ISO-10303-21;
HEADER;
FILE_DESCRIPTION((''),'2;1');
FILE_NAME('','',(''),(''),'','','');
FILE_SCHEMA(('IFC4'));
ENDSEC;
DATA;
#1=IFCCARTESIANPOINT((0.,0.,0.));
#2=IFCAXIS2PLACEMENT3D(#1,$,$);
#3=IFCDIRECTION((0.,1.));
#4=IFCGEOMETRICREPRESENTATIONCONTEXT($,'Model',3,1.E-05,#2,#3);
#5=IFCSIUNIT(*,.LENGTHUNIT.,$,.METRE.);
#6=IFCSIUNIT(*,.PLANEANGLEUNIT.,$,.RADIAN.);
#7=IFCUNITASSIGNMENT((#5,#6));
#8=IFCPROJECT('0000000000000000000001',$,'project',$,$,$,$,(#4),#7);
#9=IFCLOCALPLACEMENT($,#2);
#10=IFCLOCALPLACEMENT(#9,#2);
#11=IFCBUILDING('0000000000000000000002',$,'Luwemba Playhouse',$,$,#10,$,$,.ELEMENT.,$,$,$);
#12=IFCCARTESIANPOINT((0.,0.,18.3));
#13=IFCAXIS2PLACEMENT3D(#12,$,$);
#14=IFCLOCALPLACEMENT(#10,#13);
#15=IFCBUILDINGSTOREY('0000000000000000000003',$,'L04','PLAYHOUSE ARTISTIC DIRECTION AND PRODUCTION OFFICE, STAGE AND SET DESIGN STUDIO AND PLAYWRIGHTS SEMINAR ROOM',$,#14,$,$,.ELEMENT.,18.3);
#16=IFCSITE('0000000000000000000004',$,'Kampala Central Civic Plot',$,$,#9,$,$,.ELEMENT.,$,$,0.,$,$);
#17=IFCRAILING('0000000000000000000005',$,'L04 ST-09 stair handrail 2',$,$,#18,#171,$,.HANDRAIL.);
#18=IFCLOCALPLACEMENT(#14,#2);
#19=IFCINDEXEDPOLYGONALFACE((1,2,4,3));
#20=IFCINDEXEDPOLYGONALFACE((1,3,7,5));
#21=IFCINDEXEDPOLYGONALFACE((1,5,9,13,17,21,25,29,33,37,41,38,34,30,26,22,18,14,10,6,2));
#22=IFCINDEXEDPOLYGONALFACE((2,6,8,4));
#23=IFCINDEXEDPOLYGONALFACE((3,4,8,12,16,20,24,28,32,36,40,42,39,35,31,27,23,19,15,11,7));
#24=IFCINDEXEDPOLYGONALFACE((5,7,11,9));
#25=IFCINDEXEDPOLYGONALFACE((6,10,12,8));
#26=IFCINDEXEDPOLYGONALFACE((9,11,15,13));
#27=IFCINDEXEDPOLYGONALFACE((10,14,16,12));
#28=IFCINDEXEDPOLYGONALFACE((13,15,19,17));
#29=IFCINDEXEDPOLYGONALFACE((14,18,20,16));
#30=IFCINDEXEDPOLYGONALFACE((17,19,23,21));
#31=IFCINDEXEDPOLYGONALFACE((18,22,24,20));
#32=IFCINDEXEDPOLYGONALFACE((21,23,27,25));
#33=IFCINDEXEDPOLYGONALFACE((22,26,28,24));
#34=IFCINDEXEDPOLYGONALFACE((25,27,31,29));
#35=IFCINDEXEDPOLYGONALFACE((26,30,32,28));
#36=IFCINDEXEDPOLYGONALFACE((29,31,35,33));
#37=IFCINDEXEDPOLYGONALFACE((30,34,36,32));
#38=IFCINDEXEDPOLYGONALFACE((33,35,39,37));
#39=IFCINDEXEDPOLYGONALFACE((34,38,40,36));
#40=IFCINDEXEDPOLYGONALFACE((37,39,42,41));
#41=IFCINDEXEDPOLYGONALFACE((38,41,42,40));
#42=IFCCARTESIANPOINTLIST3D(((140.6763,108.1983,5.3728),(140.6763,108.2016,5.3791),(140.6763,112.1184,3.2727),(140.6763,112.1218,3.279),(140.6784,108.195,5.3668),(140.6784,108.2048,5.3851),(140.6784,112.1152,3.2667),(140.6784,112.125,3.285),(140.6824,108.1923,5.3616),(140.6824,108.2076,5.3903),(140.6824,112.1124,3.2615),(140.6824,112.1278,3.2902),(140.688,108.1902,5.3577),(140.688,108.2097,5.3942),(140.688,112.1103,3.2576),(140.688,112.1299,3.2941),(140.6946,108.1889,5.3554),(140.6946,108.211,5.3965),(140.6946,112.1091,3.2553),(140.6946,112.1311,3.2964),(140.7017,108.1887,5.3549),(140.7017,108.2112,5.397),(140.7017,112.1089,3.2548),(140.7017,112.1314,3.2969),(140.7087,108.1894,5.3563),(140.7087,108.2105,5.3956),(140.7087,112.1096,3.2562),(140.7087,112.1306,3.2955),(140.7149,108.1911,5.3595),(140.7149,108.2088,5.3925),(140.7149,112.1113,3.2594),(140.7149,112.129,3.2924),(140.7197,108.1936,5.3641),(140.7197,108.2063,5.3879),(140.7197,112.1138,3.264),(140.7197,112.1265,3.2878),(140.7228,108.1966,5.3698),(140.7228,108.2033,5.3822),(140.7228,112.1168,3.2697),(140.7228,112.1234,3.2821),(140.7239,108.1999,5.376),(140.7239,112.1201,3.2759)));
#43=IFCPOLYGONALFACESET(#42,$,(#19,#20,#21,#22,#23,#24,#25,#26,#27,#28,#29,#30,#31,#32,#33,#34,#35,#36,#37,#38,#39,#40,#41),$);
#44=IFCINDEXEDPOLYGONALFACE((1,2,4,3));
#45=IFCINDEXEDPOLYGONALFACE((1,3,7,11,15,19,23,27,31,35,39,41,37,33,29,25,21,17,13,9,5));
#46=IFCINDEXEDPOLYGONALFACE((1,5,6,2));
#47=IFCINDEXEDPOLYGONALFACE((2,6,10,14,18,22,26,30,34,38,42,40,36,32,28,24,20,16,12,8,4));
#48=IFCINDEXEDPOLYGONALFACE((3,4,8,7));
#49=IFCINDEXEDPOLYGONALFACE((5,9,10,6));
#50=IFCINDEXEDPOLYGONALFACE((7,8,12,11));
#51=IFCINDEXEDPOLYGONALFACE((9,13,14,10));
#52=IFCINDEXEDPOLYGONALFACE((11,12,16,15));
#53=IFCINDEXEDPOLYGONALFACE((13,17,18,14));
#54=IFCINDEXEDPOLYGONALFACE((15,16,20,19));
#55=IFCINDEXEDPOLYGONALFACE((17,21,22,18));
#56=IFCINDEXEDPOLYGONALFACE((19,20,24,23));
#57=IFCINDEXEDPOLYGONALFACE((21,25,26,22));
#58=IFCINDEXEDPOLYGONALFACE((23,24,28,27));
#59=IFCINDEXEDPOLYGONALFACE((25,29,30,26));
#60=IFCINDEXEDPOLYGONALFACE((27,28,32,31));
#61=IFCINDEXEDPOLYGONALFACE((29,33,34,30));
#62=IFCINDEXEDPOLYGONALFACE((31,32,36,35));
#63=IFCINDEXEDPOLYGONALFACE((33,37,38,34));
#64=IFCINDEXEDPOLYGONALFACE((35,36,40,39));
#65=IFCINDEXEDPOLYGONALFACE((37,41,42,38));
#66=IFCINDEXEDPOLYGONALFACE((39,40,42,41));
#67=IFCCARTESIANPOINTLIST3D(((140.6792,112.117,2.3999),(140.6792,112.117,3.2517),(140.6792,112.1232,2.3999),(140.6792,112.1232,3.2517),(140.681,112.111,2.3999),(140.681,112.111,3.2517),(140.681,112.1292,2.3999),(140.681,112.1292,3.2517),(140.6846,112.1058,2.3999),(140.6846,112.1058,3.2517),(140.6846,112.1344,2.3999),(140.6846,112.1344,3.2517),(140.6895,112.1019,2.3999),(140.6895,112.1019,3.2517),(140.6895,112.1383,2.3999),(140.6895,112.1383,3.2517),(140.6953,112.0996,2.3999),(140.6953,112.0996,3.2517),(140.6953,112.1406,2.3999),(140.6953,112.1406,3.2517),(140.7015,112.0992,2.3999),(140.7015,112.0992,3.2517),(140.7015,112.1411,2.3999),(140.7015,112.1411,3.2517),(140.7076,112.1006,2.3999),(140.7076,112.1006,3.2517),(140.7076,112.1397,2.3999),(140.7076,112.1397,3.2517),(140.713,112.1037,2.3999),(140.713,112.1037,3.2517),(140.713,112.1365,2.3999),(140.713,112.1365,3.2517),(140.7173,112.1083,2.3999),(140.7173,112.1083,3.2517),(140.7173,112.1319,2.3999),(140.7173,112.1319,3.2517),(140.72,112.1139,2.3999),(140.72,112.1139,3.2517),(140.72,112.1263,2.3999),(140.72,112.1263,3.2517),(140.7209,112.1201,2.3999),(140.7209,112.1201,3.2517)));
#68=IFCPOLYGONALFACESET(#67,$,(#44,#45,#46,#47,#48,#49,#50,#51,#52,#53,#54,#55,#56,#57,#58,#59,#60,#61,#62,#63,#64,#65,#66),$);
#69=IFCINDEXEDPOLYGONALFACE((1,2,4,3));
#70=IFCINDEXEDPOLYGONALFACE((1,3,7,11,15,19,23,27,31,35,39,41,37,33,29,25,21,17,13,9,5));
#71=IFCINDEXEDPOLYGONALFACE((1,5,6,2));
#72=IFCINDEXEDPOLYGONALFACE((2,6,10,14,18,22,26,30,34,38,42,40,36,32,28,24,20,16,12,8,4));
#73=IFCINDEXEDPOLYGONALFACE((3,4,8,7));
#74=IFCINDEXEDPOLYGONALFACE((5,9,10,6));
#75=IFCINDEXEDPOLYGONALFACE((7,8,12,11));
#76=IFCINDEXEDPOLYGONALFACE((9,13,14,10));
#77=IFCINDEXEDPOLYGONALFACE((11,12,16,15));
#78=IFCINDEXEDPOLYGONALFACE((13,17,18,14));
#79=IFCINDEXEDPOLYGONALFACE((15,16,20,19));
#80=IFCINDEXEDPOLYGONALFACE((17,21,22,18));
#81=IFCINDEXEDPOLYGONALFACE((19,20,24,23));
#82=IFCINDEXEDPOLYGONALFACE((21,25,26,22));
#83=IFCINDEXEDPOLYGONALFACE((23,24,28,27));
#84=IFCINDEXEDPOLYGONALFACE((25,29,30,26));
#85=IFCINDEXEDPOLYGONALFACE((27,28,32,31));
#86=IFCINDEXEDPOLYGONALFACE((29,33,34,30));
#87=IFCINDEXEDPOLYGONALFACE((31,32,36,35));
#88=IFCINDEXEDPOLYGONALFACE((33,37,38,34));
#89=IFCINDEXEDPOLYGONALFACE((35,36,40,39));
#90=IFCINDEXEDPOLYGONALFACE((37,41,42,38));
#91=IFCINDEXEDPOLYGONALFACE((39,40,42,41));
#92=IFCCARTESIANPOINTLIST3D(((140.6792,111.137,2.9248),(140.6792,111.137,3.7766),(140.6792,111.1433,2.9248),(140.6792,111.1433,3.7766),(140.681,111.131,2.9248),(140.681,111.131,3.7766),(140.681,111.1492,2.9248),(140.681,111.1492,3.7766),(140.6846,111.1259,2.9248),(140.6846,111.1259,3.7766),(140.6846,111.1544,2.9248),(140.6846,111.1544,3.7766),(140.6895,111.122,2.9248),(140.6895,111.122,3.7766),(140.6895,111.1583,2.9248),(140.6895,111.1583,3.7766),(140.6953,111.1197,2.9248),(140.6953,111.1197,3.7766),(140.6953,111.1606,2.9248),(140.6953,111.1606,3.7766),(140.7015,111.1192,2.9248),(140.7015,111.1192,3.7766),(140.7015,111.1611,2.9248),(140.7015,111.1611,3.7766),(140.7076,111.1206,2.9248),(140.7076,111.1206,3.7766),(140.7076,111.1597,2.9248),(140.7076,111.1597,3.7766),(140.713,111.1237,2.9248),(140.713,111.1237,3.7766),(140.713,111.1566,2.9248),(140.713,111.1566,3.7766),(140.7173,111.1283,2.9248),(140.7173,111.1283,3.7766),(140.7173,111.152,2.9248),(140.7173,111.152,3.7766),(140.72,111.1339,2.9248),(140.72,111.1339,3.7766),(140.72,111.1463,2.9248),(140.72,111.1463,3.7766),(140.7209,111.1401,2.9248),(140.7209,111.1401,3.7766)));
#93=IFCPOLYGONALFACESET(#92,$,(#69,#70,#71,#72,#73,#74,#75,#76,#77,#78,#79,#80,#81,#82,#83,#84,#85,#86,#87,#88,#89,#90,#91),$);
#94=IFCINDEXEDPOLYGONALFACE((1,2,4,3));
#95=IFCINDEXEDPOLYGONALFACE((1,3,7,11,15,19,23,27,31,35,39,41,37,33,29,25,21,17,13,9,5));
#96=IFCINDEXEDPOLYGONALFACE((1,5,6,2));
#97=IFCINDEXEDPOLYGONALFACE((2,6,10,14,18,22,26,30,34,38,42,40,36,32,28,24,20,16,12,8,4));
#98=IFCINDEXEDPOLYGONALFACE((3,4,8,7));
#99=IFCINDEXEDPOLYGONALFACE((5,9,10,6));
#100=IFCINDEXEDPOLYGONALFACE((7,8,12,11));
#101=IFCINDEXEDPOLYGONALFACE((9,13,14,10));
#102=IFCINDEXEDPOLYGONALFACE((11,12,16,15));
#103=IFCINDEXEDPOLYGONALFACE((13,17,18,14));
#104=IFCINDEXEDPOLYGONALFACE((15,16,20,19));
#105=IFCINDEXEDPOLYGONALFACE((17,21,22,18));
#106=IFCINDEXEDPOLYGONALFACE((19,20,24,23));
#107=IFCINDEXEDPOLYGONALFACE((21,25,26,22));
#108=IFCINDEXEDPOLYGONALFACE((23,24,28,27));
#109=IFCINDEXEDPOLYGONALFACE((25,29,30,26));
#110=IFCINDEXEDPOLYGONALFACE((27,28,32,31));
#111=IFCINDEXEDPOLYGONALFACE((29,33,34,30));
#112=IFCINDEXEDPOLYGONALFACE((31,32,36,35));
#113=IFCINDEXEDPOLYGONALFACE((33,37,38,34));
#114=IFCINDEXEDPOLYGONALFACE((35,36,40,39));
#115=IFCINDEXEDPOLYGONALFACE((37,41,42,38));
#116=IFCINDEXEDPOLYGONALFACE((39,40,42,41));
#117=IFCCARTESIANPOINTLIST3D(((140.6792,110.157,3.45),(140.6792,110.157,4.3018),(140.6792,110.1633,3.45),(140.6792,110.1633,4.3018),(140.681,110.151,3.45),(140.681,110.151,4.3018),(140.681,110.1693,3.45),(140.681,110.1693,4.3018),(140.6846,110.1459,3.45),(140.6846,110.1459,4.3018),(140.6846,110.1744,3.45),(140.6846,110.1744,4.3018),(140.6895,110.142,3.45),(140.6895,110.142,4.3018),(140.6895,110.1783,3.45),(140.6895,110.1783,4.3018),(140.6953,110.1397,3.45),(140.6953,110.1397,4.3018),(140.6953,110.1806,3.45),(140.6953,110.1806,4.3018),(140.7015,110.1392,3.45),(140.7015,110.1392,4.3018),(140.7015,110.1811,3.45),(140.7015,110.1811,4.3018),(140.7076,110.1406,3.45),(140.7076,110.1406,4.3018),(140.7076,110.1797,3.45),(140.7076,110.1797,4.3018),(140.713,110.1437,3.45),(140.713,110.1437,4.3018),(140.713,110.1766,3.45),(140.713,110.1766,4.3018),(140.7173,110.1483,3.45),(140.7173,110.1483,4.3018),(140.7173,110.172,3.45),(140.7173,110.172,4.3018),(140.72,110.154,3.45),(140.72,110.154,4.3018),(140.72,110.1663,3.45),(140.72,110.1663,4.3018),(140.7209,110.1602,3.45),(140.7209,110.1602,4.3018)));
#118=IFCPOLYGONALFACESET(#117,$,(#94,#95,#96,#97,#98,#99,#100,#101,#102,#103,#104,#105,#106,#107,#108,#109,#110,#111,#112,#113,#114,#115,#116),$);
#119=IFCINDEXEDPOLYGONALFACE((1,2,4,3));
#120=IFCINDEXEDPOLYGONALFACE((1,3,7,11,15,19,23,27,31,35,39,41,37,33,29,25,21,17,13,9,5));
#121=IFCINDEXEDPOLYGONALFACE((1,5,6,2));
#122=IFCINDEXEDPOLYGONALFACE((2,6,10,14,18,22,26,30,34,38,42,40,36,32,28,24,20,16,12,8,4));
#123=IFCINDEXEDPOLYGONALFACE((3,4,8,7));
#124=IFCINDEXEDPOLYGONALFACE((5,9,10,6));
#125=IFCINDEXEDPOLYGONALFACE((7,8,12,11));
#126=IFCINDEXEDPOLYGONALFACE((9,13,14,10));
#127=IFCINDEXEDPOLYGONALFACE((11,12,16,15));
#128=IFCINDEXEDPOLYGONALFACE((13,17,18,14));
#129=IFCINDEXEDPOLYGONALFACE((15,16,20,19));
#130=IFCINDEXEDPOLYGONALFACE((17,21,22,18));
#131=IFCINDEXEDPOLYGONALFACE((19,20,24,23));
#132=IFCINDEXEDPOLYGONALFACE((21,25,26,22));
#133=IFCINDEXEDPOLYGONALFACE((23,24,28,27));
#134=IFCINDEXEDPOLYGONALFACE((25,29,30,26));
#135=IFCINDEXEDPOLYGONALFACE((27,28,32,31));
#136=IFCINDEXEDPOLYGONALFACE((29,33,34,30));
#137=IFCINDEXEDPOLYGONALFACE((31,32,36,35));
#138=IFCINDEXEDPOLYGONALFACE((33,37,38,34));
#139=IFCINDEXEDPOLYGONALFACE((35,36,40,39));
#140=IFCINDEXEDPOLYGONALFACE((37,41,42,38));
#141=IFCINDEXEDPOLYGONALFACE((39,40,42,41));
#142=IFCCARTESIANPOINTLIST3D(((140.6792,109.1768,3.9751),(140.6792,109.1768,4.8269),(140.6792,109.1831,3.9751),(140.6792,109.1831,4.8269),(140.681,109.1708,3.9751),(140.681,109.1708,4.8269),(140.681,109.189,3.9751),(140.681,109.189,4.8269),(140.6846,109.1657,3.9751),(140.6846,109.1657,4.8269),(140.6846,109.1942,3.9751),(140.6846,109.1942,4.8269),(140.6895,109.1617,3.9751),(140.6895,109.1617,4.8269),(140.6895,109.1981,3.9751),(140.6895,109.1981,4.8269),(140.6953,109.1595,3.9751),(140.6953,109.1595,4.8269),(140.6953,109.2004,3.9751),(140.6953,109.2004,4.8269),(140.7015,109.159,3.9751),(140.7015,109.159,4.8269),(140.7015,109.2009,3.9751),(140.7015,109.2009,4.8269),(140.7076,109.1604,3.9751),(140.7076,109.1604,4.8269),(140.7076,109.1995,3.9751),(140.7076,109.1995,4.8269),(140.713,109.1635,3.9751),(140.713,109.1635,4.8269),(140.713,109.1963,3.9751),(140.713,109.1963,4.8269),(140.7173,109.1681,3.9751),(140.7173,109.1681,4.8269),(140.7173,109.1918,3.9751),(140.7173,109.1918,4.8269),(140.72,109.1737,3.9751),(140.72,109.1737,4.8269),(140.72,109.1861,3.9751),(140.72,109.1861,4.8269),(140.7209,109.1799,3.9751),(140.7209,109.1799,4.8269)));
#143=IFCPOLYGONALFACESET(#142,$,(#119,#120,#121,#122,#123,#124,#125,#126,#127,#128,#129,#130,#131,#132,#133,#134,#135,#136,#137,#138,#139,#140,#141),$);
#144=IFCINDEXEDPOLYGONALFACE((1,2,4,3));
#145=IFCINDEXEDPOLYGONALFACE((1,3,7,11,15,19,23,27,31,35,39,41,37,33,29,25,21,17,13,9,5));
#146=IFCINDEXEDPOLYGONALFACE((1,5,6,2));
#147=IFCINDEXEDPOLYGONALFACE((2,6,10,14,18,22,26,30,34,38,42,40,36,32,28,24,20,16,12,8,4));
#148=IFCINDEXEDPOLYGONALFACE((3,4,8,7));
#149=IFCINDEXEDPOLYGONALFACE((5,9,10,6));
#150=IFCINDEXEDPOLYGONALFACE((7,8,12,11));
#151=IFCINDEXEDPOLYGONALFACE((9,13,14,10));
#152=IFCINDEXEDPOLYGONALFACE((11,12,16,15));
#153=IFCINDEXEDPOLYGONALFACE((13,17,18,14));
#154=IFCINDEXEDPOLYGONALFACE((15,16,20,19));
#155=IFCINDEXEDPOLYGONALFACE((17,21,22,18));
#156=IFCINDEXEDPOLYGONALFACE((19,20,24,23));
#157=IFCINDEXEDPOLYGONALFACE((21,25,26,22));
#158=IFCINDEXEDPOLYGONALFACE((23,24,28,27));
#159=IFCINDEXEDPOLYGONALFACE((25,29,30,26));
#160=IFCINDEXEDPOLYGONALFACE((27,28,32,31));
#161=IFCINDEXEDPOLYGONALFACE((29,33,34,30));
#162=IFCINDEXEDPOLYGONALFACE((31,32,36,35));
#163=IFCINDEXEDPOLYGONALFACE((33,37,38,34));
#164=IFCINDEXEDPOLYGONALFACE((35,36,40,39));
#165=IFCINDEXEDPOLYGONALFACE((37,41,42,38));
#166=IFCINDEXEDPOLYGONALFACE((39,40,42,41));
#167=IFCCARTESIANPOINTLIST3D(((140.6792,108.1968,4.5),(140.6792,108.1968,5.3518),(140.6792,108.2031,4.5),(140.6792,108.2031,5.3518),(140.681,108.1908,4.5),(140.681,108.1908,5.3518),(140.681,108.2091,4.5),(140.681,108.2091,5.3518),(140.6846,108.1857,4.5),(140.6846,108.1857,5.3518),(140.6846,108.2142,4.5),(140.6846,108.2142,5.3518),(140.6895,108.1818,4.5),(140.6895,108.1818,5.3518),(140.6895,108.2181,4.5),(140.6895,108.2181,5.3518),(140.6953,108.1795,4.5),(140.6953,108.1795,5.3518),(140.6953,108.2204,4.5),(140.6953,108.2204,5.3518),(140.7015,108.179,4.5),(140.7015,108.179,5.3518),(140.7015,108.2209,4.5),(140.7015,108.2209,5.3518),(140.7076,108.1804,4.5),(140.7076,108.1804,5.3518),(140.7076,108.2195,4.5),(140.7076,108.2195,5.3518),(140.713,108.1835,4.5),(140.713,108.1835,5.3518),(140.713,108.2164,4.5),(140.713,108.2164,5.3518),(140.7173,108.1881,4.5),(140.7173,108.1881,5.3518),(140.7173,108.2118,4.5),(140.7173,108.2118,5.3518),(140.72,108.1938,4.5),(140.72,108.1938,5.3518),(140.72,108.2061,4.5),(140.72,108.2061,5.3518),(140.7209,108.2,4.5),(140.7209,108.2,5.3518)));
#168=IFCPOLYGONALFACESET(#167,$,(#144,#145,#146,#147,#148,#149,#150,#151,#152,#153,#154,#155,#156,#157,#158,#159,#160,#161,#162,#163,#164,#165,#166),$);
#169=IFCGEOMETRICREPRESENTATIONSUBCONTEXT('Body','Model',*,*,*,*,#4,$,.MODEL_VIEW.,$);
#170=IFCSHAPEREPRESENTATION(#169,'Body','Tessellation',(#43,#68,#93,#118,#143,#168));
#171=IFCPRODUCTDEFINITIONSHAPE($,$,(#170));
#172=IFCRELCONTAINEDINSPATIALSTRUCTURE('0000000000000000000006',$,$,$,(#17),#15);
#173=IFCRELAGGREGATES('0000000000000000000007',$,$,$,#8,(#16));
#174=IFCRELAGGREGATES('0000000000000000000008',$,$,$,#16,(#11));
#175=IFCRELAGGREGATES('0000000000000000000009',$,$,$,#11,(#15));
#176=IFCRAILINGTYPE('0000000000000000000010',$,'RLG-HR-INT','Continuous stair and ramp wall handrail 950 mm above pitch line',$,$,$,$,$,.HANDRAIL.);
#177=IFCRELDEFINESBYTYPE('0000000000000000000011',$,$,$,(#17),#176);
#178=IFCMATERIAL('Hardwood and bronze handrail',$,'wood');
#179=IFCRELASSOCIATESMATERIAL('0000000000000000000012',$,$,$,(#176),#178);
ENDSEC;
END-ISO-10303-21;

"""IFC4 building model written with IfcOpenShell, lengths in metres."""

from ifc_helpers import new_model, si_unit, direction, frame, origin, origin_2d, place, context, subcontext, project, spatial, circle, extrude, material, type_object, element, save


model = new_model("IFC4")

# Units and contexts
model_context = context("Model", 3, precision=1e-05, world=origin(), true_north=direction((0.0, 1.0)))
body_context = subcontext(model_context, "Body", "Model", "MODEL_VIEW")
ifc_project = project(units=[si_unit("LENGTHUNIT", "METRE"), si_unit("PLANEANGLEUNIT", "RADIAN")], contexts=[model_context])

# Site, building, storey
site_placement = place(None, origin())
site = spatial("IfcSite", under=ifc_project, at=site_placement, Name="Kampala Central Civic Plot", CompositionType="ELEMENT", RefElevation=0.0)
building_placement = place(site_placement, origin())
building = spatial("IfcBuilding", under=site, at=building_placement, Name="Luwemba Playhouse", CompositionType="ELEMENT")
storey_placement = place(building_placement, frame((0.0, 0.0, 18.3)))
storey = spatial("IfcBuildingStorey", under=building, at=storey_placement, Name="L04", Description="PLAYHOUSE ARTISTIC DIRECTION AND PRODUCTION OFFICE, STAGE AND SET DESIGN STUDIO AND PLAYWRIGHTS SEMINAR ROOM", CompositionType="ELEMENT", Elevation=18.3)

# Railing
ifc_material_1 = material(Name="Hardwood and bronze handrail", Category="wood")
railing_type_1 = type_object("IfcRailingType", Name="RLG-HR-INT", Description="Continuous stair and ramp wall handrail 950 mm above pitch line", PredefinedType="HANDRAIL", material=ifc_material_1)
railing_1_placement = place(storey_placement, frame((140.7, 112.1201, 2.3999)))
element("IfcRailing", 1, at=railing_1_placement, inside=storey, type_object=railing_type_1, Name="L04 ST-09 stair handrail 2", PredefinedType="HANDRAIL", context=body_context, shape_type="SweptSolid", body=[
    extrude(circle(Radius=0.0239, at=origin_2d()), frame((0.0, 0.0, 0.876), z_axis=(0.0, -0.881479, 0.472223), x_axis=(1.0, 0.0, 0.0)), (0.0, 0.0, 1.0), 4.4473),
    extrude(circle(Radius=0.021, at=origin_2d()), origin(), (0.0, 0.0, 1.0), 0.8518),
    extrude(circle(Radius=0.021, at=origin_2d()), frame((0.0, -0.98, 0.5249)), (0.0, 0.0, 1.0), 0.8518),
    extrude(circle(Radius=0.021, at=origin_2d()), frame((0.0, -1.96, 1.05)), (0.0, 0.0, 1.0), 0.8518),
    extrude(circle(Radius=0.021, at=origin_2d()), frame((0.0, -2.9402, 1.5752)), (0.0, 0.0, 1.0), 0.8518),
    extrude(circle(Radius=0.021, at=origin_2d()), frame((0.0, -3.9202, 2.1001)), (0.0, 0.0, 1.0), 0.8518),
])

save(model, "model.ifc")
